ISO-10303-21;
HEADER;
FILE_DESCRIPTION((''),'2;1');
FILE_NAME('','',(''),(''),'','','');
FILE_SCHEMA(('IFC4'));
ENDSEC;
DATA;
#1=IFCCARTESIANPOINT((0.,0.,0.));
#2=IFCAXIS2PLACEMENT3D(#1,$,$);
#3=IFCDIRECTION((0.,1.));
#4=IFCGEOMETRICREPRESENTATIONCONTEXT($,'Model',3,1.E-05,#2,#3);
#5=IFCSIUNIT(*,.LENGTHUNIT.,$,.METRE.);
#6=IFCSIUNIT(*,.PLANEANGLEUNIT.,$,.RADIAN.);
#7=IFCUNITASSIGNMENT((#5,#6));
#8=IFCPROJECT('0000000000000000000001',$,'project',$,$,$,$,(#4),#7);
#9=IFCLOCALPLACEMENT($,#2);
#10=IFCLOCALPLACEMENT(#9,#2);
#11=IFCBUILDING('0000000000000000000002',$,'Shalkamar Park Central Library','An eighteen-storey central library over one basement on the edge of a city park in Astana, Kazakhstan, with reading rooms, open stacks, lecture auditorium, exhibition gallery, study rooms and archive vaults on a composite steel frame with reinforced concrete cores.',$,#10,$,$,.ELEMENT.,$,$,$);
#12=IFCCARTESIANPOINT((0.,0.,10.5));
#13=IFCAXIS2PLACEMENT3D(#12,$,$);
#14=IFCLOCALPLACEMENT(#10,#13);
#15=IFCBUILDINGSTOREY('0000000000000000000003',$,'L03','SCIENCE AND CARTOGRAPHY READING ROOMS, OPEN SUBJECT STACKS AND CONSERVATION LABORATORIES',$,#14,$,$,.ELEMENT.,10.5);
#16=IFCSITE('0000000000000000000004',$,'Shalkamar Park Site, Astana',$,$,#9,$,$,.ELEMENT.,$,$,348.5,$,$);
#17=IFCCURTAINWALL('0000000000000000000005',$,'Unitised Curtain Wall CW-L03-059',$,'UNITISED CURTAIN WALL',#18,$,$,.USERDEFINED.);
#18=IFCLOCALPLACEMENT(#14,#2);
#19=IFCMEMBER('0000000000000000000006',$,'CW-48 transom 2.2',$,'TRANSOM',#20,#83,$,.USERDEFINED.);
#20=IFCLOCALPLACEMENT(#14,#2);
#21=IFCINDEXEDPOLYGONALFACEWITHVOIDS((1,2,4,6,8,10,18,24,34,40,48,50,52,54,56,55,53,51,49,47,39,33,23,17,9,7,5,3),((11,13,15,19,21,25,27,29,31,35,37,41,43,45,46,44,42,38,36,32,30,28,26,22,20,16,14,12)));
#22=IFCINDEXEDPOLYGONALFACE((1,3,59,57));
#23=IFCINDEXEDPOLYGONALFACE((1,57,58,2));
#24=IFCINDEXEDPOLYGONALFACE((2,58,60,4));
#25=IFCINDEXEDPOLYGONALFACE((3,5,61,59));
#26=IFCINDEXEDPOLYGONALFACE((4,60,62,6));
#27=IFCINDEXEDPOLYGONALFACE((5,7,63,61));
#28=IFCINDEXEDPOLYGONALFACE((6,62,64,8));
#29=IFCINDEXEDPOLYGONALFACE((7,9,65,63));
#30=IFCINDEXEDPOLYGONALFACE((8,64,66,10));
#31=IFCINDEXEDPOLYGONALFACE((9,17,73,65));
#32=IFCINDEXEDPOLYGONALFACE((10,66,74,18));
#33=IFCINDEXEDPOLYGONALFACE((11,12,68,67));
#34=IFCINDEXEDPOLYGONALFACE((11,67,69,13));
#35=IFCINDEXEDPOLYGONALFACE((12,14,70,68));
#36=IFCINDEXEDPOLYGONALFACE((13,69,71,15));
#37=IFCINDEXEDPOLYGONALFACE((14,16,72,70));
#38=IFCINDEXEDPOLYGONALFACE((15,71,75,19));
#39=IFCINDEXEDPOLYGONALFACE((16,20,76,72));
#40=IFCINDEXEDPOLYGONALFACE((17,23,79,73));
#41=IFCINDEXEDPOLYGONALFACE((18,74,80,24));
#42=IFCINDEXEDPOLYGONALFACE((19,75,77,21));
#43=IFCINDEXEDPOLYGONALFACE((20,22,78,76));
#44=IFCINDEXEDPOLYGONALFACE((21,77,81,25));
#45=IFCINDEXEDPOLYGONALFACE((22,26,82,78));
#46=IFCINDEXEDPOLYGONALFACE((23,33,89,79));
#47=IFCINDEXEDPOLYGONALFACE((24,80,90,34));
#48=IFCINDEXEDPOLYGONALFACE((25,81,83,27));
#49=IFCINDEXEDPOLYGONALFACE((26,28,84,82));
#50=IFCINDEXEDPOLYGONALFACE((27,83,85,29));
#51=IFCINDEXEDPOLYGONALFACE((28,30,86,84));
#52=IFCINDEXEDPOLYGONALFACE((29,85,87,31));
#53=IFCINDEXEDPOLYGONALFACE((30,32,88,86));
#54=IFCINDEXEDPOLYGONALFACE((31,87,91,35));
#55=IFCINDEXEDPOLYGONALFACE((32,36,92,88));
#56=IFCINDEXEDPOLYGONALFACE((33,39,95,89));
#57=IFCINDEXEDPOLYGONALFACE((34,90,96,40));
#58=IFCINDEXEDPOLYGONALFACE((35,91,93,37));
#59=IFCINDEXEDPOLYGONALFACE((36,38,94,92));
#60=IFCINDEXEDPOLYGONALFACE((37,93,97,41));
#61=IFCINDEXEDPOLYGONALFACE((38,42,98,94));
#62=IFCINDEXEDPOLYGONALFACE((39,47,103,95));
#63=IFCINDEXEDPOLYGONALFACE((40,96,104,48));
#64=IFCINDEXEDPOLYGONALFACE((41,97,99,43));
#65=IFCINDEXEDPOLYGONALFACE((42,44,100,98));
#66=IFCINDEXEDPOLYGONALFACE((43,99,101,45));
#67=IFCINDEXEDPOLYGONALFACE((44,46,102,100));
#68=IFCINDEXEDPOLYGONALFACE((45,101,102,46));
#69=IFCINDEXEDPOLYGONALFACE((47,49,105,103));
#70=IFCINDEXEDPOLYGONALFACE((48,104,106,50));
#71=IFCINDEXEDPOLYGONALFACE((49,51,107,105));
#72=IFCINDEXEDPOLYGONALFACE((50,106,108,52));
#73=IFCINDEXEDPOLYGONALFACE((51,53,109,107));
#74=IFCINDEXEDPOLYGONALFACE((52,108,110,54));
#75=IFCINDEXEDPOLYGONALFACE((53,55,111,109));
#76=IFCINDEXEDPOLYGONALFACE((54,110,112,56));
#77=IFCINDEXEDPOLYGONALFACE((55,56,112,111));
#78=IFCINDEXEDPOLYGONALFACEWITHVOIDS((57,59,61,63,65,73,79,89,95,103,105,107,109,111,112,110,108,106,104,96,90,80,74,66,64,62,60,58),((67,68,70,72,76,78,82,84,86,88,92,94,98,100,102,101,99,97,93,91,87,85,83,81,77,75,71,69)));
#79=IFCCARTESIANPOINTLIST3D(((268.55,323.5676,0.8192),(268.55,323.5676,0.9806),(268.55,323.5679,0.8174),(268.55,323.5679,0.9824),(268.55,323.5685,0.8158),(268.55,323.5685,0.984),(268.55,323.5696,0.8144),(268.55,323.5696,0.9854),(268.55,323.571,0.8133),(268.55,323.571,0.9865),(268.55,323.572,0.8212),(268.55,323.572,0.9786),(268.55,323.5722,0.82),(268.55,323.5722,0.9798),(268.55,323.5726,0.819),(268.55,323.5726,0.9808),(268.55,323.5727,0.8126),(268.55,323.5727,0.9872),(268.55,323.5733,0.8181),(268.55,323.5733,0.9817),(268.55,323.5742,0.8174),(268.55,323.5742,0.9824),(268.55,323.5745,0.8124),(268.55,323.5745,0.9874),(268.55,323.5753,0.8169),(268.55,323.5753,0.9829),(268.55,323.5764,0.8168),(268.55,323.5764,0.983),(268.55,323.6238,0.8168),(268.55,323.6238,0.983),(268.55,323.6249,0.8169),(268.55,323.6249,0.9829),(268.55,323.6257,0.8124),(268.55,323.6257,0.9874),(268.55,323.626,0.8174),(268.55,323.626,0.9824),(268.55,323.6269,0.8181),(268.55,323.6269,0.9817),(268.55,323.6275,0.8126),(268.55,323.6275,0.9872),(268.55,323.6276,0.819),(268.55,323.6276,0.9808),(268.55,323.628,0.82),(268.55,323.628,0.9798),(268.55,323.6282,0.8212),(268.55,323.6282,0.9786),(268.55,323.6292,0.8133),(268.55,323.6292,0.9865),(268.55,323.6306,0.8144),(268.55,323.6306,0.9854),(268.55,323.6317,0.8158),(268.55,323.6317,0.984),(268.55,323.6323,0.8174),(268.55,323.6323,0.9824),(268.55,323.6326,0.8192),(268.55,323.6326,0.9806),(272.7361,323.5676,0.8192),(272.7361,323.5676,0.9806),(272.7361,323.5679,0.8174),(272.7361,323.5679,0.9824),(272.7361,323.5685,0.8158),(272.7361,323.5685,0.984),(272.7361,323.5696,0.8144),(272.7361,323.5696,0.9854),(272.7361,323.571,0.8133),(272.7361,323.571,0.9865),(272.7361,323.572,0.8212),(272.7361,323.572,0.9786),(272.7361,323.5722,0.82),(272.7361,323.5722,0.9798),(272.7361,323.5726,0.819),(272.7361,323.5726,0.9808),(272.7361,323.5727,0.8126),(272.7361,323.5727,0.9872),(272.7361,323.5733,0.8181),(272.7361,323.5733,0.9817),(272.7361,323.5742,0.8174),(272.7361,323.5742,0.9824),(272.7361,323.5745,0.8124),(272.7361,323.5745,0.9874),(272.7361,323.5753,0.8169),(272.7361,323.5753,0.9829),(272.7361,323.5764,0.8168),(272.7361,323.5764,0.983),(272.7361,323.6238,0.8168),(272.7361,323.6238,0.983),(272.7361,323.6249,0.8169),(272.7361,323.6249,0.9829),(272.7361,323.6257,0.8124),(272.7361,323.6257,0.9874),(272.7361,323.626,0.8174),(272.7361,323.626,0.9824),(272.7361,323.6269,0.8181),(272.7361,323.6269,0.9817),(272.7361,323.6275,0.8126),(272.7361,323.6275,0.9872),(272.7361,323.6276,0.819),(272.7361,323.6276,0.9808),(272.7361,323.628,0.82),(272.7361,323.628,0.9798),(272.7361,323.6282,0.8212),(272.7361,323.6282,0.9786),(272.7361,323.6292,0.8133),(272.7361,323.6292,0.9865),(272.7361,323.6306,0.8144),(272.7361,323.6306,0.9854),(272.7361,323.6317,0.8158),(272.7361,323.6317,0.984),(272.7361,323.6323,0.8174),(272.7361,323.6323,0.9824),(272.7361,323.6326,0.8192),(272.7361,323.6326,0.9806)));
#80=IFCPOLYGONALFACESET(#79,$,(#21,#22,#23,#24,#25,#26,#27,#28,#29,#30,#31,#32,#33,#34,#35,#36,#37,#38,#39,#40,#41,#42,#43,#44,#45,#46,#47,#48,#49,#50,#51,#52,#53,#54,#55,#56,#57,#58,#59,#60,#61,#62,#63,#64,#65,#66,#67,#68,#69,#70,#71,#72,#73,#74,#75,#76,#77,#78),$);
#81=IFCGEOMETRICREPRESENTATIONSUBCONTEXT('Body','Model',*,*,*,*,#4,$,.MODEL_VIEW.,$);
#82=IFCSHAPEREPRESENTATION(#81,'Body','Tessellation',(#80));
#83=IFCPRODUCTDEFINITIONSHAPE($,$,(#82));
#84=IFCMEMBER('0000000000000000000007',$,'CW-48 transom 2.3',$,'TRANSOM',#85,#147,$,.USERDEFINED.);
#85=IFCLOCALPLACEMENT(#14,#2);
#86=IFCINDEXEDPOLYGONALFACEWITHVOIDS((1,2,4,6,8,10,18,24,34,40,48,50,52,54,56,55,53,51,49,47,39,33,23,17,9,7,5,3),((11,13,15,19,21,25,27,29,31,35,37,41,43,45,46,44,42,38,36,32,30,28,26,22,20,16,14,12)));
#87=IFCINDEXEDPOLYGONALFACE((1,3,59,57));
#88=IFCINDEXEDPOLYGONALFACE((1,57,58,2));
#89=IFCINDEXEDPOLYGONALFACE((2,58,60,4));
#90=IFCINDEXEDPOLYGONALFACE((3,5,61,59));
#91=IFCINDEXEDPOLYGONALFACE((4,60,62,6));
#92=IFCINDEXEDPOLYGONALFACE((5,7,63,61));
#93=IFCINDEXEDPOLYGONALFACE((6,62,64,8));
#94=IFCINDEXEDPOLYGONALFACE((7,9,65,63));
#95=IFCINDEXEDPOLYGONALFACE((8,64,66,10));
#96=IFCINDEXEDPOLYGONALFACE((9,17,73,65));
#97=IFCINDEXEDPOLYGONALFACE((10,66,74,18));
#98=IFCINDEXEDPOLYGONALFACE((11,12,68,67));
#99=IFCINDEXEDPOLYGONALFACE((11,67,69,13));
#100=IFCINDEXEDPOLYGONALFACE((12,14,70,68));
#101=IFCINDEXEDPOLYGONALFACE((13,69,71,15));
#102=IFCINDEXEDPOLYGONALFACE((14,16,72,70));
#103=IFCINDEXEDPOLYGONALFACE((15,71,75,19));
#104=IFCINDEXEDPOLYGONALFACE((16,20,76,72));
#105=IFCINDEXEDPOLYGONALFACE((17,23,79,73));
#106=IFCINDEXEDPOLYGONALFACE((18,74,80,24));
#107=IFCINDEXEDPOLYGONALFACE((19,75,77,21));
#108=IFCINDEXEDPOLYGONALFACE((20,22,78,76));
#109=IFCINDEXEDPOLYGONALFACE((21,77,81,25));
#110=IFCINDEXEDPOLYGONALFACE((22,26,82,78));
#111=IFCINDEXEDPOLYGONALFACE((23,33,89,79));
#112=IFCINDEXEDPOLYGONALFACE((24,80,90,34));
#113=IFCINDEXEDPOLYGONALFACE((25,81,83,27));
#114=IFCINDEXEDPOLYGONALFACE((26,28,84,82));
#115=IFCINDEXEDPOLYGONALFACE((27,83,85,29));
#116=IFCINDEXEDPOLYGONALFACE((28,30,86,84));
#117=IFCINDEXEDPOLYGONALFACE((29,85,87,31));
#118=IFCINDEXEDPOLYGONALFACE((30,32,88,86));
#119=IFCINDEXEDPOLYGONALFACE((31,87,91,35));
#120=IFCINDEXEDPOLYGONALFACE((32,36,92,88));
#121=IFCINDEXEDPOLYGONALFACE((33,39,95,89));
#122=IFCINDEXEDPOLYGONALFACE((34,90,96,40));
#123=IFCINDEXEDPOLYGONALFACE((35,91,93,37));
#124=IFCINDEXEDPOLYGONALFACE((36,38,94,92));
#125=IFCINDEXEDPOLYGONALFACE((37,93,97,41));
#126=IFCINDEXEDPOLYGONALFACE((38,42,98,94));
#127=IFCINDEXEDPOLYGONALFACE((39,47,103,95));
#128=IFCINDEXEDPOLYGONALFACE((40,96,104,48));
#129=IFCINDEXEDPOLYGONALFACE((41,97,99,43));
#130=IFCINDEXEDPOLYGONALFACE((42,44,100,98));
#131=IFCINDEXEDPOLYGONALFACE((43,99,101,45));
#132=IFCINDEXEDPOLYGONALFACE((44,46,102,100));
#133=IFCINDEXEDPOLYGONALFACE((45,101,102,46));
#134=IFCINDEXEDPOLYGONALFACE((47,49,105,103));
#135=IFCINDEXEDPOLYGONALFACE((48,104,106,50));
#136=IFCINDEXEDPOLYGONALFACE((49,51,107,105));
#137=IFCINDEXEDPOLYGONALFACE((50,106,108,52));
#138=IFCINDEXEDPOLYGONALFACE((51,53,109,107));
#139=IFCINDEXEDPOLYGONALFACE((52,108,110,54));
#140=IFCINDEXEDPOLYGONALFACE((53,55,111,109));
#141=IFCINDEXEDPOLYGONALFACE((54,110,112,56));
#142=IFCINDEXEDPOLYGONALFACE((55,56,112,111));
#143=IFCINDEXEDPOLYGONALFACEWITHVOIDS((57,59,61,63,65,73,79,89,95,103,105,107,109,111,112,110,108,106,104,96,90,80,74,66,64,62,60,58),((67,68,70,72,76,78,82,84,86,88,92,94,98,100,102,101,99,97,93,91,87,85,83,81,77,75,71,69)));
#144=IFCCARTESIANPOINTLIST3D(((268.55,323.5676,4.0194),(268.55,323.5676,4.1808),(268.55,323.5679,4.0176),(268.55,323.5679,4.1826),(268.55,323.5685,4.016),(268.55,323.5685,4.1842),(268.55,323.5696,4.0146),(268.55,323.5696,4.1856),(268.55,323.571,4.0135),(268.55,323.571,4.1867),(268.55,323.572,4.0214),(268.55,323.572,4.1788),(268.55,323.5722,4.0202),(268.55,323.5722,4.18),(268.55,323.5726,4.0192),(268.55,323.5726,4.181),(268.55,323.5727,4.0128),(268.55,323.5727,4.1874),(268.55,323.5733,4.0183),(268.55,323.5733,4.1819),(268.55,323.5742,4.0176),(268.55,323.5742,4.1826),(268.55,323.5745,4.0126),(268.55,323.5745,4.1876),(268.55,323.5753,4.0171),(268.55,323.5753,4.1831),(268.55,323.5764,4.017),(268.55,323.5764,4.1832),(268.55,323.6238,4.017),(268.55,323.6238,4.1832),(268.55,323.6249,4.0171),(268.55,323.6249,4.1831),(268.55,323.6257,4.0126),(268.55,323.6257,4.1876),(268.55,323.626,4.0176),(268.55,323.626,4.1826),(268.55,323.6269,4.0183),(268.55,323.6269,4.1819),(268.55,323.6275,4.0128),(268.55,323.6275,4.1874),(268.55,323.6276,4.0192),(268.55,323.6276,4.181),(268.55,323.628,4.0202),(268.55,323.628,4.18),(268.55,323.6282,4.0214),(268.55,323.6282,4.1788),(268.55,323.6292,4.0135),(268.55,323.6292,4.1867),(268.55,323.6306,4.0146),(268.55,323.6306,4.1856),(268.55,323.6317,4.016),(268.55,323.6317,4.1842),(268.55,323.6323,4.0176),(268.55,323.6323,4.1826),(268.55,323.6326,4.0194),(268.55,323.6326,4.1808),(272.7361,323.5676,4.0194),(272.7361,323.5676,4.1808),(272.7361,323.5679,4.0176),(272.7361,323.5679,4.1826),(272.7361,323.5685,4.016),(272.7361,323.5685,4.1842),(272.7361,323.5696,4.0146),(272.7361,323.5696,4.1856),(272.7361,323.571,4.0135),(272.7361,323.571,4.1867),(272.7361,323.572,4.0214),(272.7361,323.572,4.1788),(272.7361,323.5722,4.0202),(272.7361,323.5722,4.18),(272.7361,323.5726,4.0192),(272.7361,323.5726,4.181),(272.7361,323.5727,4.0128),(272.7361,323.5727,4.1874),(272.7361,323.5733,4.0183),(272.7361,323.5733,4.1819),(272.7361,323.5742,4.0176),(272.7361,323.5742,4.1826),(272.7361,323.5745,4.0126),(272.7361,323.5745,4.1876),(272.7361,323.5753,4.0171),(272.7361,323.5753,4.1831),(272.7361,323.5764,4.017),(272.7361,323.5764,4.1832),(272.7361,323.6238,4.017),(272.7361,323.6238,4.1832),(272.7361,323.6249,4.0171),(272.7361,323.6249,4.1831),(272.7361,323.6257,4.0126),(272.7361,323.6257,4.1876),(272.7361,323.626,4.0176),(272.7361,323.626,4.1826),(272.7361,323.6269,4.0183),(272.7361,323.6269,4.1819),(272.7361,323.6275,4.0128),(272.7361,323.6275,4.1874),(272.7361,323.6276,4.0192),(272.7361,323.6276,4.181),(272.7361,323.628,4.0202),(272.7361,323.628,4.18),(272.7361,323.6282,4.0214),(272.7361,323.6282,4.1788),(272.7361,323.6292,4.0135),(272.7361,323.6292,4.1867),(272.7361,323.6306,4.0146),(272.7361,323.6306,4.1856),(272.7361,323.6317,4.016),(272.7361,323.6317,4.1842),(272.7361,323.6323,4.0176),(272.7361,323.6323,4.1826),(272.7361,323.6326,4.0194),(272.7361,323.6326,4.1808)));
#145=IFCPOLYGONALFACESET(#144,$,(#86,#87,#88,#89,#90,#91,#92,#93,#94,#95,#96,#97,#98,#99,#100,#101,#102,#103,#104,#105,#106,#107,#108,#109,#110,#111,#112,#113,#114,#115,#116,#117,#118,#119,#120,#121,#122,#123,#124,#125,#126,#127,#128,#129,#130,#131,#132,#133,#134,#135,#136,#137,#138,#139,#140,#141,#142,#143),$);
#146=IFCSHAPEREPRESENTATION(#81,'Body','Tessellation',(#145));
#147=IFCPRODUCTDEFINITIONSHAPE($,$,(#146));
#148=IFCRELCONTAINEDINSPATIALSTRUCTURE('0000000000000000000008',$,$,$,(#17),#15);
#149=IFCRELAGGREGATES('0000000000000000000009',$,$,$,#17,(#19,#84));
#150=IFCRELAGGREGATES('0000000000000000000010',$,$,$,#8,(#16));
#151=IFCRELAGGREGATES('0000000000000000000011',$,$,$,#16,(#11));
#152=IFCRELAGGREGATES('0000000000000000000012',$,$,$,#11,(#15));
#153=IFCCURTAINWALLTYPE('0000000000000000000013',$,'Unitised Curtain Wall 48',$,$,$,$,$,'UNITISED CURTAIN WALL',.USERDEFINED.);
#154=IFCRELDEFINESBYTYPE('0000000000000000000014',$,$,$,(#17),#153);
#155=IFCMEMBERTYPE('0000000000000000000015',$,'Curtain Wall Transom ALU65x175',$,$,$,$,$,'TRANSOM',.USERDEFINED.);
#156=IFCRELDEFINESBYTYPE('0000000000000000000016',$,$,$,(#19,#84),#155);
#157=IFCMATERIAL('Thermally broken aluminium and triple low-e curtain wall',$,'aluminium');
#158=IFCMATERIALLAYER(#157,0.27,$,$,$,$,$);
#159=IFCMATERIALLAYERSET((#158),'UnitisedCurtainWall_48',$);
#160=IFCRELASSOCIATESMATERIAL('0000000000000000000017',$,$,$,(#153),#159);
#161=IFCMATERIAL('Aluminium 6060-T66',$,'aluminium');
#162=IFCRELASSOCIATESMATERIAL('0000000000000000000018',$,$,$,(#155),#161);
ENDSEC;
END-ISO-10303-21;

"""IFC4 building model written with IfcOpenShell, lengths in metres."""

from ifc_helpers import new_model, si_unit, direction, frame, origin, origin_2d, place, context, subcontext, project, spatial, hollow_rectangle, extrude, material, layer, layer_set, material_profile, profile_set, type_object, element, aggregate, save


model = new_model("IFC4")

# Units and contexts
model_context = context("Model", 3, precision=1e-05, world=origin(), true_north=direction((0.0, 1.0)))
body_context = subcontext(model_context, "Body", "Model", "MODEL_VIEW")
ifc_project = project(units=[si_unit("LENGTHUNIT", "METRE"), si_unit("PLANEANGLEUNIT", "RADIAN")], contexts=[model_context])

# Site, building, storey
site_placement = place(None, origin())
site = spatial("IfcSite", under=ifc_project, at=site_placement, Name="Shalkamar Park Site, Astana", CompositionType="ELEMENT", RefElevation=348.5)
building_placement = place(site_placement, origin())
building = spatial("IfcBuilding", under=site, at=building_placement, Name="Shalkamar Park Central Library", Description="An eighteen-storey central library over one basement on the edge of a city park in Astana, Kazakhstan, with reading rooms, open stacks, lecture auditorium, exhibition gallery, study rooms and archive vaults on a composite steel frame with reinforced concrete cores.", CompositionType="ELEMENT")
storey_placement = place(building_placement, frame((0.0, 0.0, 10.5)))
storey = spatial("IfcBuildingStorey", under=building, at=storey_placement, Name="L03", Description="SCIENCE AND CARTOGRAPHY READING ROOMS, OPEN SUBJECT STACKS AND CONSERVATION LABORATORIES", CompositionType="ELEMENT", Elevation=10.5)

# Shared definitions
ifc_material_1 = material(Name="Thermally broken aluminium and triple low-e curtain wall", Category="aluminium")
ifc_material_2 = material(Name="Aluminium 6060-T66", Category="aluminium")

# Curtain wall, members
ifc_layer_1 = layer(ifc_material_1, 0.27)
ifc_layer_set_1 = layer_set([ifc_layer_1], Name="UnitisedCurtainWall_48")
curtain_wall_type_1 = type_object("IfcCurtainWallType", Name="Unitised Curtain Wall 48", ElementType="UNITISED CURTAIN WALL", PredefinedType="USERDEFINED", material=ifc_layer_set_1)
curtain_wall_1_placement = place(storey_placement, origin())
curtain_wall_1 = element("IfcCurtainWall", 1, at=curtain_wall_1_placement, inside=storey, type_object=curtain_wall_type_1, Name="Unitised Curtain Wall CW-L03-059", ObjectType="UNITISED CURTAIN WALL", PredefinedType="USERDEFINED")
ifc_material_profile_1 = material_profile(ifc_material_2, hollow_rectangle(XDim=0.0649, YDim=0.175, WallThickness=0.0044, InnerFilletRadius=0.0044, OuterFilletRadius=0.0068, at=origin_2d()), Name="ALU 65x175x4.5")
ifc_profile_set_1 = profile_set([ifc_material_profile_1], Name="Aluminium 6060-T66")
member_type_1 = type_object("IfcMemberType", Name="Curtain Wall Transom ALU65x175", ElementType="TRANSOM", PredefinedType="USERDEFINED", material=ifc_profile_set_1)
member_1_placement = place(storey_placement, frame((268.55, 323.6001, 0.8999), z_axis=(1.0, 0.0, 0.0), x_axis=(0.0, 1.0, 0.0)))
member_1 = element("IfcMember", 2, at=member_1_placement, type_object=member_type_1, Name="CW-48 transom 2.2", ObjectType="TRANSOM", PredefinedType="USERDEFINED", context=body_context, shape_type="SweptSolid", body=[
    extrude(hollow_rectangle(XDim=0.0649, YDim=0.175, WallThickness=0.0044, InnerFilletRadius=0.0044, OuterFilletRadius=0.0068, at=origin_2d()), origin(), (0.0, 0.0, 1.0), 4.186),
])
member_2_placement = place(storey_placement, frame((268.55, 323.6001, 4.1001), z_axis=(1.0, 0.0, 0.0), x_axis=(0.0, 1.0, 0.0)))
member_2 = element("IfcMember", 3, at=member_2_placement, type_object=member_type_1, Name="CW-48 transom 2.3", ObjectType="TRANSOM", PredefinedType="USERDEFINED", context=body_context, shape_type="SweptSolid", body=[
    extrude(hollow_rectangle(XDim=0.0649, YDim=0.175, WallThickness=0.0044, InnerFilletRadius=0.0044, OuterFilletRadius=0.0068, at=origin_2d()), origin(), (0.0, 0.0, 1.0), 4.186),
])

aggregate(curtain_wall_1, [member_1, member_2])

save(model, "model.ifc")
